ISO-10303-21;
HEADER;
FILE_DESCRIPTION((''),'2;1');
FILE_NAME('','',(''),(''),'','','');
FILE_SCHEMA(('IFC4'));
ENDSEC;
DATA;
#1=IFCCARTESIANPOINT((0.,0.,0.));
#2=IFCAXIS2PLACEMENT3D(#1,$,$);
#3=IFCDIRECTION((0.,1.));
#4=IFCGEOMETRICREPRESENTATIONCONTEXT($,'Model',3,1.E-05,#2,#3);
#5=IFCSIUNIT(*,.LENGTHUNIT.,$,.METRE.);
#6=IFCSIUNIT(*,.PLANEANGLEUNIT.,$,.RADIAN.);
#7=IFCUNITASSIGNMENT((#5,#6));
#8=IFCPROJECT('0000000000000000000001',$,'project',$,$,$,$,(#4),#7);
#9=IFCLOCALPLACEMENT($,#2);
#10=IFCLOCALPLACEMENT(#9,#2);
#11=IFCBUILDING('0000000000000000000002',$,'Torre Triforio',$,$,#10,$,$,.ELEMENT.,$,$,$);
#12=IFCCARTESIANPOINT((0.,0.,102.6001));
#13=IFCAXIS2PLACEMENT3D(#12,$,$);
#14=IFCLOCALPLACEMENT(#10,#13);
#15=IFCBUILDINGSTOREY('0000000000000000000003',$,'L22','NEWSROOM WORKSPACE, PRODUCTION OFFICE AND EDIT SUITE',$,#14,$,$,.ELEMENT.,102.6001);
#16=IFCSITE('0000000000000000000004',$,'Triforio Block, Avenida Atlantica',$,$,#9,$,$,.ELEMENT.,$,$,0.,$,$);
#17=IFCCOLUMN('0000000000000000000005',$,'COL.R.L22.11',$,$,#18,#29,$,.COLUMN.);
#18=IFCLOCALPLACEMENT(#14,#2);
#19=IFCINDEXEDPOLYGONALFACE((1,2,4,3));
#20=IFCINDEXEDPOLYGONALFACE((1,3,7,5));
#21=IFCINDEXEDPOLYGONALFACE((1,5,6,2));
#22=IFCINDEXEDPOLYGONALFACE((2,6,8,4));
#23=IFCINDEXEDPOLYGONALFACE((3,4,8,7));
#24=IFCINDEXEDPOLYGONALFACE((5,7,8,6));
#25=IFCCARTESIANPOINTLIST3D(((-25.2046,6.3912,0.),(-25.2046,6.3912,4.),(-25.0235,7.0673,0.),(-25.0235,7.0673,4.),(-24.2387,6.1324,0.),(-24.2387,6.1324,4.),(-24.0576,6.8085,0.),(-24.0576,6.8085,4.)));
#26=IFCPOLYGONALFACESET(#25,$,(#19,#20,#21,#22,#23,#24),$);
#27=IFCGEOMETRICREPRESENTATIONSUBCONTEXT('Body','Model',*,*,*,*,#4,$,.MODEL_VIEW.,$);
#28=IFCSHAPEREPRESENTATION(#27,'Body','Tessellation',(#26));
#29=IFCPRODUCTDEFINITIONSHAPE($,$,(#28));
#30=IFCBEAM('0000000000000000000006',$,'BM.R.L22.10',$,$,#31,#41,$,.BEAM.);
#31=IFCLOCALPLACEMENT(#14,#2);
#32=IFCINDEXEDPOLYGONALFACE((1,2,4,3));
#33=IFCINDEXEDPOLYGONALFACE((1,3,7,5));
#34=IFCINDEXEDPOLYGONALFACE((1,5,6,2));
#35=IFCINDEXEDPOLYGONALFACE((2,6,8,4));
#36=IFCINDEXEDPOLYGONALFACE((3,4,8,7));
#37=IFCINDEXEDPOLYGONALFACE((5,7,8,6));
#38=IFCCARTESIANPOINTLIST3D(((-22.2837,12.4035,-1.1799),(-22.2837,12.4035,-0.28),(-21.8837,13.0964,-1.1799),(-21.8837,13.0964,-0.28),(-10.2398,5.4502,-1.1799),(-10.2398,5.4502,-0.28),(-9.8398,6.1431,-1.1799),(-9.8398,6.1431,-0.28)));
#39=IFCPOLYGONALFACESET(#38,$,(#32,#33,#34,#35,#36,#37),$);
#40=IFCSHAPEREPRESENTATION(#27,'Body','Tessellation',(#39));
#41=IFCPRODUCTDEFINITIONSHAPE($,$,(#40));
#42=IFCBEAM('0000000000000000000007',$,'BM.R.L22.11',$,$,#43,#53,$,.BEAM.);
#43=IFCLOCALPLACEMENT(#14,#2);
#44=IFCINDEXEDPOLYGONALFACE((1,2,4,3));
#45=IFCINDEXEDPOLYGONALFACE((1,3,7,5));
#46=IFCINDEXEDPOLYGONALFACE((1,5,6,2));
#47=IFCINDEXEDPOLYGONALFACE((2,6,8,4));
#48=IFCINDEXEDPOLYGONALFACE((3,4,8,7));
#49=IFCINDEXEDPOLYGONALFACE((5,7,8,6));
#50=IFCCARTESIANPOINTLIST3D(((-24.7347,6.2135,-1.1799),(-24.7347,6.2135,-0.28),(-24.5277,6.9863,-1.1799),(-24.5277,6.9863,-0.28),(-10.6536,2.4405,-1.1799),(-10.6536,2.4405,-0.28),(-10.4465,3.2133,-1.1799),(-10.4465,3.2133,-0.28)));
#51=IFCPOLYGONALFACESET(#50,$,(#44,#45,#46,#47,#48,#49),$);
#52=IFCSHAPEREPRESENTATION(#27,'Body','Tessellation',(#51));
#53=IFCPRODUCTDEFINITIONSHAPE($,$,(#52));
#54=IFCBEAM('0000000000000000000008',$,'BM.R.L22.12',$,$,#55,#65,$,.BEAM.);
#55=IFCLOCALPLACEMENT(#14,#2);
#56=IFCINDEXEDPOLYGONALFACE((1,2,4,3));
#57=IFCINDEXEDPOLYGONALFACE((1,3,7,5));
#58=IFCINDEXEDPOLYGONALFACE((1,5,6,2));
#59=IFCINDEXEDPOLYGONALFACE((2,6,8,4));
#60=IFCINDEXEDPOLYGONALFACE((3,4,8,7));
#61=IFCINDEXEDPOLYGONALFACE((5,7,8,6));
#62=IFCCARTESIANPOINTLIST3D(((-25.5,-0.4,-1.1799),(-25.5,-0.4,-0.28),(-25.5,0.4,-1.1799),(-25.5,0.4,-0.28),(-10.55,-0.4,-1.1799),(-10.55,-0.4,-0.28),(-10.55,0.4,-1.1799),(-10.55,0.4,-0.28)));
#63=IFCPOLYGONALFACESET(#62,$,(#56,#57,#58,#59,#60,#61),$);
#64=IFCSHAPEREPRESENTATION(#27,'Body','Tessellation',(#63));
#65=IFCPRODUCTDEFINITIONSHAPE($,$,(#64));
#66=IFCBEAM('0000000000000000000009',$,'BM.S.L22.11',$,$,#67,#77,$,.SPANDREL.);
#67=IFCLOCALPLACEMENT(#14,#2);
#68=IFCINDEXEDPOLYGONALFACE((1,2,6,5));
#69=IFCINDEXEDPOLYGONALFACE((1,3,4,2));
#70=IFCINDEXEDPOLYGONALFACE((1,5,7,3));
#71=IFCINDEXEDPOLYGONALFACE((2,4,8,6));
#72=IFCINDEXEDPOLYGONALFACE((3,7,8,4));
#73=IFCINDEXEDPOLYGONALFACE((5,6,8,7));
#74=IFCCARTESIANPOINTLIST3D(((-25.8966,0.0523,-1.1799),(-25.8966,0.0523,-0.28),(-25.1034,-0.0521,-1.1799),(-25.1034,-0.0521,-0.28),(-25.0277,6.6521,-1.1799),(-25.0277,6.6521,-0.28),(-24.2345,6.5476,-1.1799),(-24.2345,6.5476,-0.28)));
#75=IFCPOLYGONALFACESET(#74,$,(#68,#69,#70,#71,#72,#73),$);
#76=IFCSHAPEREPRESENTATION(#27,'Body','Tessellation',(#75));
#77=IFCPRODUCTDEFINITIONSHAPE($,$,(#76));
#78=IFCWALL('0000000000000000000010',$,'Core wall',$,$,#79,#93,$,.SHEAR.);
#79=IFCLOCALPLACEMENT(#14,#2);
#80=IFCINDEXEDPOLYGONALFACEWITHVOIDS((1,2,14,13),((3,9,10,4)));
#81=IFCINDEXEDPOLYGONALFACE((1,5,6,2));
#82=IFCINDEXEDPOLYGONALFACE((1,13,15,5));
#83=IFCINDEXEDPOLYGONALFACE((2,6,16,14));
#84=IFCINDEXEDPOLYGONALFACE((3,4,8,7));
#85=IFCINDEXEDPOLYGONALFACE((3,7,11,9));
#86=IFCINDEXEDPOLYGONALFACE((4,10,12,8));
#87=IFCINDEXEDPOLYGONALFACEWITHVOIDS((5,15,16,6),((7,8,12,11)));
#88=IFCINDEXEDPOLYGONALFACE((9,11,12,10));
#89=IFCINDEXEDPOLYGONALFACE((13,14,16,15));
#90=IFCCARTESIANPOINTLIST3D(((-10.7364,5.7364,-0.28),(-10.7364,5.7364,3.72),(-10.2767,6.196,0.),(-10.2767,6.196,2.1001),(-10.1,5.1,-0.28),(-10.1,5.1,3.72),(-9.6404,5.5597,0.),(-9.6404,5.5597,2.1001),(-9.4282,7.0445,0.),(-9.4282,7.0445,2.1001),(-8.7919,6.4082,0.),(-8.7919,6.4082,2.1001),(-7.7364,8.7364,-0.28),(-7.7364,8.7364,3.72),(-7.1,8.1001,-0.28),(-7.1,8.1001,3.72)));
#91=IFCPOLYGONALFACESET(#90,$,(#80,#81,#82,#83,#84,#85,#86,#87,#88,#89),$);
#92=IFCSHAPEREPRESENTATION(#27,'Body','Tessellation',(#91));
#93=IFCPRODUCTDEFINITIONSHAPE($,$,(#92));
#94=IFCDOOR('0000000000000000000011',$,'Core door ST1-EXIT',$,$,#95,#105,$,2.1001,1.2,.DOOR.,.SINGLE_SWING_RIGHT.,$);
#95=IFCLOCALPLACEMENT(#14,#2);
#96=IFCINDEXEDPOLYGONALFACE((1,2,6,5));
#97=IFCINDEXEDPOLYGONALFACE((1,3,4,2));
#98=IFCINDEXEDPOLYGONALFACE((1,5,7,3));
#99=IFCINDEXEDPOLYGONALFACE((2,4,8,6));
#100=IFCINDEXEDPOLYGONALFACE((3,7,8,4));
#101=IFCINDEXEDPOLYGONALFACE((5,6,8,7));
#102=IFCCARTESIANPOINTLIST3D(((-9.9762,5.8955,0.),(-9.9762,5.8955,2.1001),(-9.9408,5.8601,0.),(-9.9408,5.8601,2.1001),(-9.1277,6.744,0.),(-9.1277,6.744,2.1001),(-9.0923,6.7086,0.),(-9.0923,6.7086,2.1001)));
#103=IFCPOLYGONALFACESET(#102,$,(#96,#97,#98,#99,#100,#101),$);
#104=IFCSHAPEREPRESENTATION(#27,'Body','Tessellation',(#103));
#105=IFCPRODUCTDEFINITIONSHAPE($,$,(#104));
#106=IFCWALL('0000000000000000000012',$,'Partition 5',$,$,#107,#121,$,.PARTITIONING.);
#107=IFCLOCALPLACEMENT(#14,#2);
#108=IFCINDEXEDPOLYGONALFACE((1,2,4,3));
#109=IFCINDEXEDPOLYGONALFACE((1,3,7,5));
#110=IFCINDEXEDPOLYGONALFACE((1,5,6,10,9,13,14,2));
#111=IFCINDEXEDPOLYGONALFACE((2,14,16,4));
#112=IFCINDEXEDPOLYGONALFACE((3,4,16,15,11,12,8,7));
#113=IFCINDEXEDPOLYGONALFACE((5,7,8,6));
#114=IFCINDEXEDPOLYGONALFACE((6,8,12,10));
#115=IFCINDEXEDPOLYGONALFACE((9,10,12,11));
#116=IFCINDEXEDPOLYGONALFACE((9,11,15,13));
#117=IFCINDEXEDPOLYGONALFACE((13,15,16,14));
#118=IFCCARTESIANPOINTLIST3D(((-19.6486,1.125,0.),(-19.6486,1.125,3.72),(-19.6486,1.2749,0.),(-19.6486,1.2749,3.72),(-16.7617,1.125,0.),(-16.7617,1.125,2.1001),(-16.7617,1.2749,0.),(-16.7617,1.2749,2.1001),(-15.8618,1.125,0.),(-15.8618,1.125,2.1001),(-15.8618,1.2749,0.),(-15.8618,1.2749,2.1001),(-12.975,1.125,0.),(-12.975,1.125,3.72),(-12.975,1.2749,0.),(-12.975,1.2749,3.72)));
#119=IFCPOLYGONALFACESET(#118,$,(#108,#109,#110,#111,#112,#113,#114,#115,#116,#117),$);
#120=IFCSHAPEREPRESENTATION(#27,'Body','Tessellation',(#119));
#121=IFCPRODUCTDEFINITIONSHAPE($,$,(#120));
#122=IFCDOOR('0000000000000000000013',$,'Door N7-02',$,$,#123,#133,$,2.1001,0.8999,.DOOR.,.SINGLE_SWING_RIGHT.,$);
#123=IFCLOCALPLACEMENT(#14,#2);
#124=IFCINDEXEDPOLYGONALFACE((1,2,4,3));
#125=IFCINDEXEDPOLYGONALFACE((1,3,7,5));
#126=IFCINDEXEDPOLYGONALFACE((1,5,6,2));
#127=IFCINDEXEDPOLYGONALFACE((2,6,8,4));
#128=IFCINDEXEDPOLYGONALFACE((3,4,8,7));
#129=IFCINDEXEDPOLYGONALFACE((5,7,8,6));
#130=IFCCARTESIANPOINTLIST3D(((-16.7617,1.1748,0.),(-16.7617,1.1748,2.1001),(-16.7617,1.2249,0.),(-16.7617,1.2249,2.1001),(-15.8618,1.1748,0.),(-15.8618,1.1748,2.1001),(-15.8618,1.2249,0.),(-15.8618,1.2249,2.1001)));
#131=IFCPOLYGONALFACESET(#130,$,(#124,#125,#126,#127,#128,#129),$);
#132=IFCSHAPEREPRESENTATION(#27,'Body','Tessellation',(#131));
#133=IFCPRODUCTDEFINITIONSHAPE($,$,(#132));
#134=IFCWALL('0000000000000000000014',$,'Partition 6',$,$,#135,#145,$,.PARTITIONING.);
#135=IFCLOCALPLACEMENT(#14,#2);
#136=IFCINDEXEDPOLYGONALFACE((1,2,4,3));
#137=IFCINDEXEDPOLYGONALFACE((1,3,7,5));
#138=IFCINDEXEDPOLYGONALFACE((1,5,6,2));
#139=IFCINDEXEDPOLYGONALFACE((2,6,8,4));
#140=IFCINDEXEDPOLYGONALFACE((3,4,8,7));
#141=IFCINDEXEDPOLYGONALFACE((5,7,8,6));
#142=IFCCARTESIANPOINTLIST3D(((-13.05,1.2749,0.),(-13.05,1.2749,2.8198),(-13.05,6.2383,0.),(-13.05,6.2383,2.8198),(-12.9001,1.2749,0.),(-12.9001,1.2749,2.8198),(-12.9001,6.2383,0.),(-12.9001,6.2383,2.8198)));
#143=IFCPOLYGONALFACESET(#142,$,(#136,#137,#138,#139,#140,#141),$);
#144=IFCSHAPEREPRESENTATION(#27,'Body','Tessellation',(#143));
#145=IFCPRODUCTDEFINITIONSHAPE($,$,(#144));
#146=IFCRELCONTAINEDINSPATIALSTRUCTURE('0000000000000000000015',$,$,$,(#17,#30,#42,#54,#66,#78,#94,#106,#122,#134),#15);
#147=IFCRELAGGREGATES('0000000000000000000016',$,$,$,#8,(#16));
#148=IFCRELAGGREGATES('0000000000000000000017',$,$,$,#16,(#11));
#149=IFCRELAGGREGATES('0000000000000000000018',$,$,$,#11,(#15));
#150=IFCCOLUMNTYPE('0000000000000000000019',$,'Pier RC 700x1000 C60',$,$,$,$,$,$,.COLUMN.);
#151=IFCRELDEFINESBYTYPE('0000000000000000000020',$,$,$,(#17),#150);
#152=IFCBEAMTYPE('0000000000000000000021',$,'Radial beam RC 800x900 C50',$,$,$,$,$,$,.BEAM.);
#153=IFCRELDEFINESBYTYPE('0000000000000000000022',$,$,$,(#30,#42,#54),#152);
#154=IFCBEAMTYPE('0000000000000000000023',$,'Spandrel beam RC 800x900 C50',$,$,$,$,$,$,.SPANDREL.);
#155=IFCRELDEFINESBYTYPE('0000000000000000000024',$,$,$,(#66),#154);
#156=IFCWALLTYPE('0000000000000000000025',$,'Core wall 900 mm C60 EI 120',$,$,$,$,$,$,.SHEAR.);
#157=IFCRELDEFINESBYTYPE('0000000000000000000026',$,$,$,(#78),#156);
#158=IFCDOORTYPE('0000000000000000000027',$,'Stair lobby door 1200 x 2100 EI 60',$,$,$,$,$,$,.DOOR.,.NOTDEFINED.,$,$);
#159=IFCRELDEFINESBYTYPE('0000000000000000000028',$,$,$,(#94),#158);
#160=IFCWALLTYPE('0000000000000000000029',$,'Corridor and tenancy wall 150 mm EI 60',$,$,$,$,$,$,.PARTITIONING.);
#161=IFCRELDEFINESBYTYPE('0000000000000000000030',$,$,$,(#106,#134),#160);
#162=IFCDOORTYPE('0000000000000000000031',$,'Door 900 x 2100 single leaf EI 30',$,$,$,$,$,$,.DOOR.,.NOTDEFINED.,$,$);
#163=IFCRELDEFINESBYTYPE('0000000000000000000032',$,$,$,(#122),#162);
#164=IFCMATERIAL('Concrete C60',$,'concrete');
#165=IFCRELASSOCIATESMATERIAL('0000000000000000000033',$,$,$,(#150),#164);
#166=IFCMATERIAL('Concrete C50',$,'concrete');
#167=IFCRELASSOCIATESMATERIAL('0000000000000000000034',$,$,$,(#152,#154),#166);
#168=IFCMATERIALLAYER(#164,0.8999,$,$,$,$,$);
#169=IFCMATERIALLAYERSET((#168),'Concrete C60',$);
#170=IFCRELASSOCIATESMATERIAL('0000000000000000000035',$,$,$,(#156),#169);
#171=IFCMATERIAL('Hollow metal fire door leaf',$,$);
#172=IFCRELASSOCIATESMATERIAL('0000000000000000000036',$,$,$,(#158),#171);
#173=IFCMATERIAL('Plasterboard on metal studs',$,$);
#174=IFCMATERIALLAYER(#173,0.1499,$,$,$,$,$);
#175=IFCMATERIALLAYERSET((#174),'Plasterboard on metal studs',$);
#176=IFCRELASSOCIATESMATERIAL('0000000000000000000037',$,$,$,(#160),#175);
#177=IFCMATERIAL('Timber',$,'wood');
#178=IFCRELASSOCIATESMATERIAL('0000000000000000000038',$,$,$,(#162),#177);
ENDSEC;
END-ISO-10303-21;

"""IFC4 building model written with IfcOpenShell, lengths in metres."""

from ifc_helpers import new_model, si_unit, direction, frame, frame_2d, origin, origin_2d, place, context, subcontext, project, spatial, rectangle, extrude, material, layer, layer_set, material_profile, profile_set, type_object, element, fill, save


model = new_model("IFC4")

# Units and contexts
model_context = context("Model", 3, precision=1e-05, world=origin(), true_north=direction((0.0, 1.0)))
body_context = subcontext(model_context, "Body", "Model", "MODEL_VIEW")
ifc_project = project(units=[si_unit("LENGTHUNIT", "METRE"), si_unit("PLANEANGLEUNIT", "RADIAN")], contexts=[model_context])

# Site, building, storey
site_placement = place(None, origin())
site = spatial("IfcSite", under=ifc_project, at=site_placement, Name="Triforio Block, Avenida Atlantica", CompositionType="ELEMENT", RefElevation=0.0)
building_placement = place(site_placement, origin())
building = spatial("IfcBuilding", under=site, at=building_placement, Name="Torre Triforio", CompositionType="ELEMENT")
storey_placement = place(building_placement, frame((0.0, 0.0, 102.6001)))
storey = spatial("IfcBuildingStorey", under=building, at=storey_placement, Name="L22", Description="NEWSROOM WORKSPACE, PRODUCTION OFFICE AND EDIT SUITE", CompositionType="ELEMENT", Elevation=102.6001)

# Column
ifc_material_1 = material(Name="Concrete C60", Category="concrete")
ifc_material_profile_1 = material_profile(ifc_material_1, rectangle(XDim=0.7, YDim=1.0, at=origin_2d()), Name="RC 700x1000")
ifc_profile_set_1 = profile_set([ifc_material_profile_1], Name="Concrete C60")
column_type = type_object("IfcColumnType", Name="Pier RC 700x1000 C60", PredefinedType="COLUMN", material=ifc_profile_set_1)
column_placement = place(storey_placement, frame((-24.6311, 6.5999, 0.0), z_axis=(0.0, 0.0, 1.0), x_axis=(-0.258819, -0.965926, 0.0)))
element("IfcColumn", 1, at=column_placement, inside=storey, type_object=column_type, Name="COL.R.L22.11", PredefinedType="COLUMN", context=body_context, shape_type="SweptSolid", body=[
    extrude(rectangle(XDim=0.7, YDim=1.0, at=origin_2d()), origin(), (0.0, 0.0, 1.0), 4.0),
])

# Beams
ifc_material_2 = material(Name="Concrete C50", Category="concrete")
ifc_material_profile_2 = material_profile(ifc_material_2, rectangle(XDim=0.8, YDim=0.8999, at=origin_2d()), Name="RC 800x900")
ifc_profile_set_2 = profile_set([ifc_material_profile_2], Name="Concrete C50")
beam_type_1 = type_object("IfcBeamType", Name="Radial beam RC 800x900 C50", PredefinedType="BEAM", material=ifc_profile_set_2)
beam_1_placement = place(storey_placement, frame((-10.0398, 5.7966, -0.73), z_axis=(-0.866032, 0.499989, 0.0), x_axis=(-0.499989, -0.866032, 0.0)))
element("IfcBeam", 2, at=beam_1_placement, inside=storey, type_object=beam_type_1, Name="BM.R.L22.10", PredefinedType="BEAM", context=body_context, shape_type="SweptSolid", body=[
    extrude(rectangle(XDim=0.8, YDim=0.8999, at=origin_2d()), origin(), (0.0, 0.0, 1.0), 13.907),
])
beam_2_placement = place(storey_placement, frame((-10.55, 2.8269, -0.73), z_axis=(-0.965927, 0.258815, 0.0), x_axis=(-0.258815, -0.965927, 0.0)))
element("IfcBeam", 3, at=beam_2_placement, inside=storey, type_object=beam_type_1, Name="BM.R.L22.11", PredefinedType="BEAM", context=body_context, shape_type="SweptSolid", body=[
    extrude(rectangle(XDim=0.8, YDim=0.8999, at=origin_2d()), origin(), (0.0, 0.0, 1.0), 14.5779),
])
beam_3_placement = place(storey_placement, frame((-10.55, 0.0, -0.73), z_axis=(-1.0, 0.0, 0.0), x_axis=(0.0, -1.0, 0.0)))
element("IfcBeam", 4, at=beam_3_placement, inside=storey, type_object=beam_type_1, Name="BM.R.L22.12", PredefinedType="BEAM", context=body_context, shape_type="SweptSolid", body=[
    extrude(rectangle(XDim=0.8, YDim=0.8999, at=origin_2d()), origin(), (0.0, 0.0, 1.0), 14.95),
])
ifc_material_profile_3 = material_profile(ifc_material_2, rectangle(XDim=0.8, YDim=0.8999, at=origin_2d()), Name="RC 800x900")
ifc_profile_set_3 = profile_set([ifc_material_profile_3], Name="Concrete C50")
beam_type_2 = type_object("IfcBeamType", Name="Spandrel beam RC 800x900 C50", PredefinedType="SPANDREL", material=ifc_profile_set_3)
beam_4_placement = place(storey_placement, frame((-24.6311, 6.5999, -0.73), z_axis=(-0.130528, -0.991445, 0.0), x_axis=(0.991445, -0.130528, 0.0)))
element("IfcBeam", 5, at=beam_4_placement, inside=storey, type_object=beam_type_2, Name="BM.S.L22.11", PredefinedType="SPANDREL", context=body_context, shape_type="SweptSolid", body=[
    extrude(rectangle(XDim=0.8, YDim=0.8999, at=origin_2d()), origin(), (0.0, 0.0, 1.0), 6.6567),
])

# Walls, openings, doors
ifc_layer_1 = layer(ifc_material_1, 0.8999)
ifc_layer_set_1 = layer_set([ifc_layer_1], Name="Concrete C60")
wall_type_1 = type_object("IfcWallType", Name="Core wall 900 mm C60 EI 120", PredefinedType="SHEAR", material=ifc_layer_set_1)
wall_1_placement = place(storey_placement, frame((-10.4182, 5.4182, -0.28), z_axis=(0.0, 0.0, 1.0), x_axis=(0.707107, 0.707107, 0.0)))
wall_1 = element("IfcWall", 6, at=wall_1_placement, inside=storey, type_object=wall_type_1, Name="Core wall", PredefinedType="SHEAR", context=body_context, shape_type="SweptSolid", body=[
    extrude(rectangle(XDim=4.2427, YDim=0.8999, at=frame_2d((2.1213, 0.0))), origin(), (0.0, 0.0, 1.0), 4.0),
])
opening_1_placement = place(wall_1_placement, frame((0.6499, 0.0, 0.28)))
opening_1 = element("IfcOpeningElement", 7, at=opening_1_placement, cuts=wall_1, PredefinedType="OPENING", context=body_context, shape_type="SweptSolid", body=[
    extrude(rectangle(XDim=1.2, YDim=2.1001, at=frame_2d((0.6001, 1.05))), frame((0.0, 0.46, 0.0), z_axis=(0.0, -1.0, 0.0), x_axis=(1.0, 0.0, 0.0)), (0.0, 0.0, 1.0), 0.9199),
])
ifc_material_3 = material(Name="Hollow metal fire door leaf")
door_type_1 = type_object("IfcDoorType", Name="Stair lobby door 1200 x 2100 EI 60", OperationType="NOTDEFINED", PredefinedType="DOOR", material=ifc_material_3)
door_1_placement = place(opening_1_placement, origin())
door_1 = element("IfcDoor", 8, at=door_1_placement, inside=storey, type_object=door_type_1, Name="Core door ST1-EXIT", OperationType="SINGLE_SWING_RIGHT", OverallHeight=2.1001, OverallWidth=1.2, PredefinedType="DOOR", context=body_context, shape_type="SweptSolid", body=[
    extrude(rectangle(XDim=1.2, YDim=2.1001, at=frame_2d((0.6001, 1.05))), frame((0.0, 0.0249, 0.0), z_axis=(0.0, -1.0, 0.0), x_axis=(1.0, 0.0, 0.0)), (0.0, 0.0, 1.0), 0.05),
])
fill(opening_1, door_1)
ifc_material_4 = material(Name="Plasterboard on metal studs")
ifc_layer_2 = layer(ifc_material_4, 0.1499)
ifc_layer_set_2 = layer_set([ifc_layer_2], Name="Plasterboard on metal studs")
wall_type_2 = type_object("IfcWallType", Name="Corridor and tenancy wall 150 mm EI 60", PredefinedType="PARTITIONING", material=ifc_layer_set_2)
wall_2_placement = place(storey_placement, frame((-19.6487, 1.2, 0.0), z_axis=(0.0, 0.0, 1.0), x_axis=(1.0, 0.0, 0.0)))
wall_2 = element("IfcWall", 9, at=wall_2_placement, inside=storey, type_object=wall_type_2, Name="Partition 5", PredefinedType="PARTITIONING", context=body_context, shape_type="SweptSolid", body=[
    extrude(rectangle(XDim=6.6736, YDim=0.1499, at=frame_2d((3.3369, 0.0))), origin(), (0.0, 0.0, 1.0), 3.72),
])
opening_2_placement = place(wall_2_placement, frame((2.887, 0.0, 0.0)))
opening_2 = element("IfcOpeningElement", 10, at=opening_2_placement, cuts=wall_2, PredefinedType="OPENING", context=body_context, shape_type="SweptSolid", body=[
    extrude(rectangle(XDim=0.8999, YDim=2.1001, at=frame_2d((0.45, 1.05))), frame((0.0, 0.085, 0.0), z_axis=(0.0, -1.0, 0.0), x_axis=(1.0, 0.0, 0.0)), (0.0, 0.0, 1.0), 0.1699),
])
ifc_material_5 = material(Name="Timber", Category="wood")
door_type_2 = type_object("IfcDoorType", Name="Door 900 x 2100 single leaf EI 30", OperationType="NOTDEFINED", PredefinedType="DOOR", material=ifc_material_5)
door_2_placement = place(opening_2_placement, origin())
door_2 = element("IfcDoor", 11, at=door_2_placement, inside=storey, type_object=door_type_2, Name="Door N7-02", OperationType="SINGLE_SWING_RIGHT", OverallHeight=2.1001, OverallWidth=0.8999, PredefinedType="DOOR", context=body_context, shape_type="SweptSolid", body=[
    extrude(rectangle(XDim=0.8999, YDim=2.1001, at=frame_2d((0.45, 1.05))), frame((0.0, 0.0249, 0.0), z_axis=(0.0, -1.0, 0.0), x_axis=(1.0, 0.0, 0.0)), (0.0, 0.0, 1.0), 0.05),
])
fill(opening_2, door_2)

# Wall
wall_3_placement = place(storey_placement, frame((-12.9751, 1.2749, 0.0), z_axis=(0.0, 0.0, 1.0), x_axis=(0.0, 1.0, 0.0)))
element("IfcWall", 12, at=wall_3_placement, inside=storey, type_object=wall_type_2, Name="Partition 6", PredefinedType="PARTITIONING", context=body_context, shape_type="SweptSolid", body=[
    extrude(rectangle(XDim=4.9634, YDim=0.1499, at=frame_2d((2.4817, 0.0))), origin(), (0.0, 0.0, 1.0), 2.8198),
])

save(model, "model.ifc")
